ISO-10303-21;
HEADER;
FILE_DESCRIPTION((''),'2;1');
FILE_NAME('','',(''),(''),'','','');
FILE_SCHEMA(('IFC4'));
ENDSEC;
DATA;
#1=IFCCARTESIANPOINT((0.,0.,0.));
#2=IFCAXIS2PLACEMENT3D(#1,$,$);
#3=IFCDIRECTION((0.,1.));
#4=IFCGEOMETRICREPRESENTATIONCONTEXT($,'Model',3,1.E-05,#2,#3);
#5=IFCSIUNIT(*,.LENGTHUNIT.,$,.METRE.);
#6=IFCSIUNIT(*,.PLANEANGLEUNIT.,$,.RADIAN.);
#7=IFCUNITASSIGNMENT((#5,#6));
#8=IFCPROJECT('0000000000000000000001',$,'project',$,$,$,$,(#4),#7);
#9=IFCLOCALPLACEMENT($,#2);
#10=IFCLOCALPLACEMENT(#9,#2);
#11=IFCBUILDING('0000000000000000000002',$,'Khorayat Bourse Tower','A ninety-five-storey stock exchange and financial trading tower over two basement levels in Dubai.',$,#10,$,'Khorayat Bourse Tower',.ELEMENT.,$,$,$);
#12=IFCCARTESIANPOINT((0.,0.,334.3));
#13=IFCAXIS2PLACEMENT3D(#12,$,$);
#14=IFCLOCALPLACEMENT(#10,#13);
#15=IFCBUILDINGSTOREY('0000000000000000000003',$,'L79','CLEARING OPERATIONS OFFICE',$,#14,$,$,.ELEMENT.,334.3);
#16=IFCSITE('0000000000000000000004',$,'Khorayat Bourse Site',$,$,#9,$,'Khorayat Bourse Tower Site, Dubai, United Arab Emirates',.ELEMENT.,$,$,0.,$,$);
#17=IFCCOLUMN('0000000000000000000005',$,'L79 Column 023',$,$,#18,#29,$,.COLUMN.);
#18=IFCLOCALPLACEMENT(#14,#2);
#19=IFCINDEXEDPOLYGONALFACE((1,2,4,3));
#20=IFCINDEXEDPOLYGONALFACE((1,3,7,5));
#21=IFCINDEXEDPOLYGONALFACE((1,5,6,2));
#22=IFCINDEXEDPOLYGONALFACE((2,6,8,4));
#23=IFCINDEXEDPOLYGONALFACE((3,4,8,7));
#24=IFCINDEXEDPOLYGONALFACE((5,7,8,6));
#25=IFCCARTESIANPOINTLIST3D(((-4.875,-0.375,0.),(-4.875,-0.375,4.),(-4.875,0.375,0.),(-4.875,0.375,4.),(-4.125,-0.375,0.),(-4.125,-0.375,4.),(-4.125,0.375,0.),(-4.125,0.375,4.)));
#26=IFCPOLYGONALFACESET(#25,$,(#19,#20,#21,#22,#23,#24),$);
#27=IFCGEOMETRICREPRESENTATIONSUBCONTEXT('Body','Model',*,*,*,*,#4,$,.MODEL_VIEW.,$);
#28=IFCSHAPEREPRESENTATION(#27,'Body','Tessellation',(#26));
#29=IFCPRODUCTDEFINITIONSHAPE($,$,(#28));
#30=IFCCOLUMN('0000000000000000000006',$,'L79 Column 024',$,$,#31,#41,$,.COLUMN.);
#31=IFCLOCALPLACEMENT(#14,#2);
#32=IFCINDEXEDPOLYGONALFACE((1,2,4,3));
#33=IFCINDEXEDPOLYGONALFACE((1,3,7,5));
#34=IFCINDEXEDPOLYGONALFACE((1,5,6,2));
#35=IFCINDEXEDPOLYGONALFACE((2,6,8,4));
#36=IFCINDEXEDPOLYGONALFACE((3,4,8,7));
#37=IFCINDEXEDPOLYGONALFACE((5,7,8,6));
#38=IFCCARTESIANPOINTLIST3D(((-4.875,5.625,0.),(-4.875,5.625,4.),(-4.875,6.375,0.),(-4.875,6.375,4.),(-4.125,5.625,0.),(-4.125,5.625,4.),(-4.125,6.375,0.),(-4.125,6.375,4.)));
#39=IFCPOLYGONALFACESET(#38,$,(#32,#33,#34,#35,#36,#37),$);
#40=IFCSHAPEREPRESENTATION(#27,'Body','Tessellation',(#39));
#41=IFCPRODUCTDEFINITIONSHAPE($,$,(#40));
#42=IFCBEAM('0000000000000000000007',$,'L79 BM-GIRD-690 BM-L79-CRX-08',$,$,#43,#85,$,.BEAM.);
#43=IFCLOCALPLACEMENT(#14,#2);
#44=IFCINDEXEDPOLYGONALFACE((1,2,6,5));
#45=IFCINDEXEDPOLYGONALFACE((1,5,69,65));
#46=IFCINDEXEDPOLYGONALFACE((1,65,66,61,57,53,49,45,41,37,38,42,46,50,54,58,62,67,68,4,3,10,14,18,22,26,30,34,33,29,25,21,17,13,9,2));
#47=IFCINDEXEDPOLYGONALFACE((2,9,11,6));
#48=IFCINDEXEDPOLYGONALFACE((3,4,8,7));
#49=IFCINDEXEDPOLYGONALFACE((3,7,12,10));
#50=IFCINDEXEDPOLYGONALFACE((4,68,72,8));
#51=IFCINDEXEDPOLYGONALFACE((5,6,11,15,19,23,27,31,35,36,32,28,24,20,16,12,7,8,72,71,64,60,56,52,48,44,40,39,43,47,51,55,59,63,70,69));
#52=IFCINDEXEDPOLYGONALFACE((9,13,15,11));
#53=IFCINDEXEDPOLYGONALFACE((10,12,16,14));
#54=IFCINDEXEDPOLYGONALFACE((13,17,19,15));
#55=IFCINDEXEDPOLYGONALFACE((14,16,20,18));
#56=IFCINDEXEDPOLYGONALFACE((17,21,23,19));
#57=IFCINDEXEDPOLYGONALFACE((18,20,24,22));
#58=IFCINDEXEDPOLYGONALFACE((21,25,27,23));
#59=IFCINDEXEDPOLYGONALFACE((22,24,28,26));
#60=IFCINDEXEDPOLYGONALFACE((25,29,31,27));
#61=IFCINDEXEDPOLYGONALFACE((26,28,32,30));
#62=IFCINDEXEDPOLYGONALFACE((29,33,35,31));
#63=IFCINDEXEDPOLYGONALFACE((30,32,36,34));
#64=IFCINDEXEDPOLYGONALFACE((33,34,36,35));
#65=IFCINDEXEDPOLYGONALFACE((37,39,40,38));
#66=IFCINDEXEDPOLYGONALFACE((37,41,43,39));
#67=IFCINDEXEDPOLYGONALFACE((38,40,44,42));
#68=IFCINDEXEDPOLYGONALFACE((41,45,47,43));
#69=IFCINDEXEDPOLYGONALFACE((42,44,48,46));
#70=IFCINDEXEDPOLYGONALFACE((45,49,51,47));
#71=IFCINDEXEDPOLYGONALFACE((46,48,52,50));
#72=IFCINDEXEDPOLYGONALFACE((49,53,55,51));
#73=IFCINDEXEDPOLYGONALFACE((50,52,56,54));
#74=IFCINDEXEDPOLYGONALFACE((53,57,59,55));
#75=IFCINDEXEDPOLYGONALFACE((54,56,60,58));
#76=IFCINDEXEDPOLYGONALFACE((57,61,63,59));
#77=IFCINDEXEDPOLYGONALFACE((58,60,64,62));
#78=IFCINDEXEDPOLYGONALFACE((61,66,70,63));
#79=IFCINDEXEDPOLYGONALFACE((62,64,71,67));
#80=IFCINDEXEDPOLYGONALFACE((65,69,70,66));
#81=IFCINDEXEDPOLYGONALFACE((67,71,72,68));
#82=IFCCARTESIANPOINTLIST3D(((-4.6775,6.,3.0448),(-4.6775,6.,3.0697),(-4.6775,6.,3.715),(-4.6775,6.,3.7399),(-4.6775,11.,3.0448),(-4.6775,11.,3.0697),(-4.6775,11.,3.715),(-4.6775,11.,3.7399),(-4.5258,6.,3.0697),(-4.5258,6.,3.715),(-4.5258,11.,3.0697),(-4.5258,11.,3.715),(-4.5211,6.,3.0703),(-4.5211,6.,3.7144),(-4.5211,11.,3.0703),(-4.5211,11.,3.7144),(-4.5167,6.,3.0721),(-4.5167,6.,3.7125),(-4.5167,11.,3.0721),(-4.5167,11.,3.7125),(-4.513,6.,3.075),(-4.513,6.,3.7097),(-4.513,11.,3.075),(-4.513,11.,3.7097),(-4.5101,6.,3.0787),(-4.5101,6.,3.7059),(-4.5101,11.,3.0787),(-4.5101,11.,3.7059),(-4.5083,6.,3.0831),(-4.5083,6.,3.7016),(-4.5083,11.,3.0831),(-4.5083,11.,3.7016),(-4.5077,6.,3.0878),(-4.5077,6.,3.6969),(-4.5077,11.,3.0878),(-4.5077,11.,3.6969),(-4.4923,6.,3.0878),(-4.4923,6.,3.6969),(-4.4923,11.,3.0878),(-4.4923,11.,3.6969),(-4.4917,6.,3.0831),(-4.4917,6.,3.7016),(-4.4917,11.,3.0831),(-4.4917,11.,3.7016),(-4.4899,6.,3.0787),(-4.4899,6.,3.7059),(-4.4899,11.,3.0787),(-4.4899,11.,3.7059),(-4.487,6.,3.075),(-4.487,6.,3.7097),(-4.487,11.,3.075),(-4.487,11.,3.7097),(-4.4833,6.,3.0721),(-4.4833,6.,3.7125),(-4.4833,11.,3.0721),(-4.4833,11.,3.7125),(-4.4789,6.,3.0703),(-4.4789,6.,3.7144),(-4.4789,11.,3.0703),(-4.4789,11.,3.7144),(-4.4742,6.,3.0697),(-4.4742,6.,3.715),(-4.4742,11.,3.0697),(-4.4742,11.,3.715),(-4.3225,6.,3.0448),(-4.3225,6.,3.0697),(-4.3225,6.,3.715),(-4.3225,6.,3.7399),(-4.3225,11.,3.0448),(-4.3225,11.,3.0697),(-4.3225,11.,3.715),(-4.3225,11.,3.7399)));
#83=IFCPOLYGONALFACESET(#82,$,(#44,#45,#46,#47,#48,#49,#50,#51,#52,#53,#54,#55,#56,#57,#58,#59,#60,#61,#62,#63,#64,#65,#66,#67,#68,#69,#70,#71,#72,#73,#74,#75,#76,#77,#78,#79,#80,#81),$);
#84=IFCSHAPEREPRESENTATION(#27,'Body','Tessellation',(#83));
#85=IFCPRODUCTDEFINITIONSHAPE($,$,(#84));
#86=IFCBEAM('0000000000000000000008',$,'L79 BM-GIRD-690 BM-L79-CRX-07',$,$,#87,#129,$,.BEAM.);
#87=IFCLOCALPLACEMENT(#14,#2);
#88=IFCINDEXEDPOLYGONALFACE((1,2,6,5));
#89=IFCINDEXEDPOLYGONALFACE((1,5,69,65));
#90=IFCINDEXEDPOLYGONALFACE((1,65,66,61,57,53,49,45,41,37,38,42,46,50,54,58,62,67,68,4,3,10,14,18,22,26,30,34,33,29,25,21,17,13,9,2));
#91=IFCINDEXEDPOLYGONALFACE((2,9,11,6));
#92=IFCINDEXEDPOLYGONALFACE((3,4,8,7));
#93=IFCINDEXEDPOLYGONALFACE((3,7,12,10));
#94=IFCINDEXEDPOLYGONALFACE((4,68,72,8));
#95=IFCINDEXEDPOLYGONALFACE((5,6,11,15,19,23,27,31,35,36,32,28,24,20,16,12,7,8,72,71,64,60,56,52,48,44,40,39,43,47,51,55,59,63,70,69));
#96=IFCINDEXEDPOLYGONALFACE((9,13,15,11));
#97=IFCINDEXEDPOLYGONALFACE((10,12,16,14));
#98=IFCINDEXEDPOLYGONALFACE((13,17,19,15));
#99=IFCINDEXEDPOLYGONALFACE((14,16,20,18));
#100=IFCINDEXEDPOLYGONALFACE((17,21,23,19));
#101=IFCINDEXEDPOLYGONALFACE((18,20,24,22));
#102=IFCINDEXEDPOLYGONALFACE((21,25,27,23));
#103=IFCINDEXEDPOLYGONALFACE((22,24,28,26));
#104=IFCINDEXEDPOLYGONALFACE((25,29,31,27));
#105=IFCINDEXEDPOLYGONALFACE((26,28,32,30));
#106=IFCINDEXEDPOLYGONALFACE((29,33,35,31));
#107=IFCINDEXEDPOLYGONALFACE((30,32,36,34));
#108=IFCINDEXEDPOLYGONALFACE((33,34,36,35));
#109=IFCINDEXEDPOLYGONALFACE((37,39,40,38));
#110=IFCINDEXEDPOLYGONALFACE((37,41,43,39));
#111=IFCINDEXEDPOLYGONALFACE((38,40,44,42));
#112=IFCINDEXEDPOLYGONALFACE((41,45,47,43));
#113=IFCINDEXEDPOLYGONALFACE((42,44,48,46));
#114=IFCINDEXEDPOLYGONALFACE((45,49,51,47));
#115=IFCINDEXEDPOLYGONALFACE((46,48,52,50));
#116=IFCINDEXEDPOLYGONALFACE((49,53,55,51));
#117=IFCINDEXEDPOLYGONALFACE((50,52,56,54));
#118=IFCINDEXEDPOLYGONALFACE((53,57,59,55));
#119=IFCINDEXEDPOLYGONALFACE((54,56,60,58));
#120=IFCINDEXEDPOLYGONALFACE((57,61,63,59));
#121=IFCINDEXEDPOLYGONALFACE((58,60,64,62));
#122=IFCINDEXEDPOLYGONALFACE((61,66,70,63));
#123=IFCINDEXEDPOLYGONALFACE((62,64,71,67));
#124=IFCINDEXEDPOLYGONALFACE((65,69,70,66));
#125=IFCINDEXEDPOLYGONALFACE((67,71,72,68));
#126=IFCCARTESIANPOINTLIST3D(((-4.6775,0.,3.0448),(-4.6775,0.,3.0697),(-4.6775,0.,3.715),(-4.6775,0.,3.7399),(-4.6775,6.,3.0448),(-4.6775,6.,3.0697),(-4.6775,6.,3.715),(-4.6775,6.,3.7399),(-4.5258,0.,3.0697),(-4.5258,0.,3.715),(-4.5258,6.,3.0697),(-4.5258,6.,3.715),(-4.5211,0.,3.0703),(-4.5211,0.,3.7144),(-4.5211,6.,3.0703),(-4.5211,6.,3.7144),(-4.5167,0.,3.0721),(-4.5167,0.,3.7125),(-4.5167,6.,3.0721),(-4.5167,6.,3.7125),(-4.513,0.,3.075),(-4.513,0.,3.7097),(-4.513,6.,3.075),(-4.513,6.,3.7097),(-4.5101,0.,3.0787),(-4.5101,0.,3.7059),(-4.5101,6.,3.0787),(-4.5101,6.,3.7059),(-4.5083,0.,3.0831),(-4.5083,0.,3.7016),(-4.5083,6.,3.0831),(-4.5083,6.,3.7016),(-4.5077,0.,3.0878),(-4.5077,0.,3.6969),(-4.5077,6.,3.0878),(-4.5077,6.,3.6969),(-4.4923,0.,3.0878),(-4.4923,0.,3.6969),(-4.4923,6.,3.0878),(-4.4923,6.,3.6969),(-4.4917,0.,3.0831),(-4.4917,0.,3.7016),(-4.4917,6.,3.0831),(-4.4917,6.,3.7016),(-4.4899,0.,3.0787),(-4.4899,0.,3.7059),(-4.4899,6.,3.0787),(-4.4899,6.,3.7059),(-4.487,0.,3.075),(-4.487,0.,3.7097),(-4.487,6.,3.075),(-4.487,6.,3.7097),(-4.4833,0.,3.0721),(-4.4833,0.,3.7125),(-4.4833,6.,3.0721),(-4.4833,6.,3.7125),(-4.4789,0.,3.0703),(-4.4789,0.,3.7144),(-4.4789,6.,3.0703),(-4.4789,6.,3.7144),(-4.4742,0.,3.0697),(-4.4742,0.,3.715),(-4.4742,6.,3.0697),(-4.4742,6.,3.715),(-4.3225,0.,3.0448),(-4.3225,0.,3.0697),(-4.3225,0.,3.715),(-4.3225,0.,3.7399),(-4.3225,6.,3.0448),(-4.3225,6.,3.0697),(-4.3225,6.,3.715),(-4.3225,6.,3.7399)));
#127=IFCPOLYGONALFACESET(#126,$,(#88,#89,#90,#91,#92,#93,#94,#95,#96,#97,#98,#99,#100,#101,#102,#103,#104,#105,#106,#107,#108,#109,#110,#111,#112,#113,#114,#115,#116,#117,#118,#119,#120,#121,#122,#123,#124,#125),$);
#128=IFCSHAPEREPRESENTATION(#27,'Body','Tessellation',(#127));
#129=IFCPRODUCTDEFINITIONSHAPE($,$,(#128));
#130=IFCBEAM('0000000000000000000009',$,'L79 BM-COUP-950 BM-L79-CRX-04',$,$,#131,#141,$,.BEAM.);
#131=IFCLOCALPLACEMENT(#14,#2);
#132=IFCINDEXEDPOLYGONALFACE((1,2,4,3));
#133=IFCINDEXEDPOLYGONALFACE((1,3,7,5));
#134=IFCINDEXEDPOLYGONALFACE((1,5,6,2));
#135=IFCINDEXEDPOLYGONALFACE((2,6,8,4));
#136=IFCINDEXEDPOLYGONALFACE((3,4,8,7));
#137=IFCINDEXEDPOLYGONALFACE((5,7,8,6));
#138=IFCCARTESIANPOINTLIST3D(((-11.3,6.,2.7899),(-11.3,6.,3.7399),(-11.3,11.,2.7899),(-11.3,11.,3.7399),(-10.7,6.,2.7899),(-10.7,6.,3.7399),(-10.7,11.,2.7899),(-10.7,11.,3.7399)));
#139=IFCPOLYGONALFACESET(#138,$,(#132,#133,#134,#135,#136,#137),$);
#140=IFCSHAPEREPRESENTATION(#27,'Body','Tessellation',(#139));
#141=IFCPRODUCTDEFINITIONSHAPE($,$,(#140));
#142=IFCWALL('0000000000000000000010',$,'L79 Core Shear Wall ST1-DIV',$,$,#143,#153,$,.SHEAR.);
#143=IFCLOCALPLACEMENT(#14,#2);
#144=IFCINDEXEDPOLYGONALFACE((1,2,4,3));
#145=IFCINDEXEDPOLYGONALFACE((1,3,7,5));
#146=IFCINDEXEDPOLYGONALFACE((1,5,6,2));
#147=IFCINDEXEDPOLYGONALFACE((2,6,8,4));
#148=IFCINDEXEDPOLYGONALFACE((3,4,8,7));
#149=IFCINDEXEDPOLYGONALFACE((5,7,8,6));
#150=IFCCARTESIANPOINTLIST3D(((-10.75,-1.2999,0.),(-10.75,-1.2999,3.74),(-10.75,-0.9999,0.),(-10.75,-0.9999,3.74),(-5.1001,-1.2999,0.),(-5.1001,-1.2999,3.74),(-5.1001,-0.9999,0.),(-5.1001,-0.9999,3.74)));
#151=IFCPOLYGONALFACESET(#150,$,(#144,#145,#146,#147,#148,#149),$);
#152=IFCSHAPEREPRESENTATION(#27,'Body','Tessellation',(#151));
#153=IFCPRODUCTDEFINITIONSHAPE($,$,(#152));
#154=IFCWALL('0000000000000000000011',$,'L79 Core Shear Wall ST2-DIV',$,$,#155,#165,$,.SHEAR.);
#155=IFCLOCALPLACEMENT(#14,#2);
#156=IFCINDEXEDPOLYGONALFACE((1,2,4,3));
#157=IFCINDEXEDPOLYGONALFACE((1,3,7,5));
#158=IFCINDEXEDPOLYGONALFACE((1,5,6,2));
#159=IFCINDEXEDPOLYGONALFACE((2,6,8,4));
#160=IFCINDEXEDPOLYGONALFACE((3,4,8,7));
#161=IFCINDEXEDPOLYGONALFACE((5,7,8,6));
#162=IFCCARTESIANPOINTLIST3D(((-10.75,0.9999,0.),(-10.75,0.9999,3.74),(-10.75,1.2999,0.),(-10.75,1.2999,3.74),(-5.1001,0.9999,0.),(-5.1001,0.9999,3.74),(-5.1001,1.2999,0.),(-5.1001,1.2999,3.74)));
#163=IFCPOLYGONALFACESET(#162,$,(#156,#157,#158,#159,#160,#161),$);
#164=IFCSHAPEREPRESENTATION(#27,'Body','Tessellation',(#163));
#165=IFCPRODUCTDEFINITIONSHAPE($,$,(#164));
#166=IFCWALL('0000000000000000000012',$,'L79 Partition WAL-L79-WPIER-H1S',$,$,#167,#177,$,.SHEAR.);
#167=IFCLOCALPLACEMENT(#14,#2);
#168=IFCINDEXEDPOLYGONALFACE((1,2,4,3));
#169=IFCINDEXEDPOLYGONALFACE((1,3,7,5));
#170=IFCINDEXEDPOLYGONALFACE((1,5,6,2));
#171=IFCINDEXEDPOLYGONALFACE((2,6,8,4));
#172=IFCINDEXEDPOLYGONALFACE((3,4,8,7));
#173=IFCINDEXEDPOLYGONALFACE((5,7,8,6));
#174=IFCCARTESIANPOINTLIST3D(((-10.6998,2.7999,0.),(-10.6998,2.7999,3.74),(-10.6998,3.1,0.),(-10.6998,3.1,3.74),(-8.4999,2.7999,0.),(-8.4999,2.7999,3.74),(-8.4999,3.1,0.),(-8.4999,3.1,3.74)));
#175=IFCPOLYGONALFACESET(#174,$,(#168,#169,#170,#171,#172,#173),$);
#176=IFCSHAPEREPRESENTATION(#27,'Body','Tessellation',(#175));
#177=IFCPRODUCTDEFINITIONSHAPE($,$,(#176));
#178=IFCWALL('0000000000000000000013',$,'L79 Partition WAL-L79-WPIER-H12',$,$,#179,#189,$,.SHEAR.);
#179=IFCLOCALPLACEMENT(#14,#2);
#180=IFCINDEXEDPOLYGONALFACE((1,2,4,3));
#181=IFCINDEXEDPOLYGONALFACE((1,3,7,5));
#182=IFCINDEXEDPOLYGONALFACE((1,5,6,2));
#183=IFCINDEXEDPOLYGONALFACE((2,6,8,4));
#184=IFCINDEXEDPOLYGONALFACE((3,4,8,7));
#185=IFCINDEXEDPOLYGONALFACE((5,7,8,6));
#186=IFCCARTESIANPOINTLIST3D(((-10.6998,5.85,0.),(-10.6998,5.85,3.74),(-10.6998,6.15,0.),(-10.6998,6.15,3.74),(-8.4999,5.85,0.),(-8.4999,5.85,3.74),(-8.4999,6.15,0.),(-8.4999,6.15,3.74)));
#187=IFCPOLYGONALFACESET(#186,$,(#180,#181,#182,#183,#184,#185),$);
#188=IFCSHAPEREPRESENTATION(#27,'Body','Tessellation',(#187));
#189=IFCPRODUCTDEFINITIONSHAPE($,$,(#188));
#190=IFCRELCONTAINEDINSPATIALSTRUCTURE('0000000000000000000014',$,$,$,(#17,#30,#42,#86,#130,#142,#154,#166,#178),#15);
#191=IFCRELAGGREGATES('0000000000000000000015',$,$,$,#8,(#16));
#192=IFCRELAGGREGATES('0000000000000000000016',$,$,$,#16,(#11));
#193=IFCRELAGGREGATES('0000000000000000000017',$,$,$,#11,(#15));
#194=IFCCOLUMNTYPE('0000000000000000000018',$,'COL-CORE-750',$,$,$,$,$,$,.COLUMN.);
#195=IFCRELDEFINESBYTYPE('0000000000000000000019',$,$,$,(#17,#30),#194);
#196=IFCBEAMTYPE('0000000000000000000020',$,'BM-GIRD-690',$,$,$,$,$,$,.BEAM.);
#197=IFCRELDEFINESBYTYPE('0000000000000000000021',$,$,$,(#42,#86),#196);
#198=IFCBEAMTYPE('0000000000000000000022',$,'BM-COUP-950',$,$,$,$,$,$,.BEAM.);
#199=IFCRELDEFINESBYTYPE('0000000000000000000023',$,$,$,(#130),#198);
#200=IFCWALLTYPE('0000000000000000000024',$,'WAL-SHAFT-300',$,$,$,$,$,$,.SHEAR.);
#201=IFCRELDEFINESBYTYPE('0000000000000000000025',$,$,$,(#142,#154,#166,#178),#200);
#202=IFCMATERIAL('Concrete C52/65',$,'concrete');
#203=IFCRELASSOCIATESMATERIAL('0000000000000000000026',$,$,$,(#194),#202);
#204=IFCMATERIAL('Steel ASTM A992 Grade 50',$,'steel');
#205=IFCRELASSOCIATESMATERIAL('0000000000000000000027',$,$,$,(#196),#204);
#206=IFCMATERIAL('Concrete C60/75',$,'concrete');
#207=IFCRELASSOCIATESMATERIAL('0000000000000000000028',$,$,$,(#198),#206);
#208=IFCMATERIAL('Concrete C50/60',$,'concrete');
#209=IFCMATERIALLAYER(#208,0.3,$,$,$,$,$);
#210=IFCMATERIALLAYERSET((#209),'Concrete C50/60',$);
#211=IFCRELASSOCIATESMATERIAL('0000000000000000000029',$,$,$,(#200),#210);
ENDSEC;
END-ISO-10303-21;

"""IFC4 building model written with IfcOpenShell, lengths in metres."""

from ifc_helpers import new_model, si_unit, direction, frame, frame_2d, origin, origin_2d, place, context, subcontext, project, spatial, rectangle, i_section, extrude, source, transform, mapped, material, layer, layer_set, material_profile, profile_set, type_object, element, save


model = new_model("IFC4")

# Units and contexts
model_context = context("Model", 3, precision=1e-05, world=origin(), true_north=direction((0.0, 1.0)))
body_context = subcontext(model_context, "Body", "Model", "MODEL_VIEW")
ifc_project = project(units=[si_unit("LENGTHUNIT", "METRE"), si_unit("PLANEANGLEUNIT", "RADIAN")], contexts=[model_context])

# Site, building, storey
site_placement = place(None, origin())
site = spatial("IfcSite", under=ifc_project, at=site_placement, Name="Khorayat Bourse Site", LongName="Khorayat Bourse Tower Site, Dubai, United Arab Emirates", CompositionType="ELEMENT", RefElevation=0.0)
building_placement = place(site_placement, origin())
building = spatial("IfcBuilding", under=site, at=building_placement, Name="Khorayat Bourse Tower", Description="A ninety-five-storey stock exchange and financial trading tower over two basement levels in Dubai.", LongName="Khorayat Bourse Tower", CompositionType="ELEMENT")
storey_placement = place(building_placement, frame((0.0, 0.0, 334.3)))
storey = spatial("IfcBuildingStorey", under=building, at=storey_placement, Name="L79", Description="CLEARING OPERATIONS OFFICE", CompositionType="ELEMENT", Elevation=334.3)

# Columns
ifc_material_1 = material(Name="Concrete C52/65", Category="concrete")
ifc_material_profile_1 = material_profile(ifc_material_1, rectangle(XDim=0.75, YDim=0.75, at=origin_2d()), Name="RC 750x750")
ifc_profile_set_1 = profile_set([ifc_material_profile_1], Name="Concrete C52/65")
column_type = type_object("IfcColumnType", Name="COL-CORE-750", PredefinedType="COLUMN", material=ifc_profile_set_1)
shared_shape_1 = source(origin(), body_context, "Body", "SweptSolid", [
    extrude(rectangle(XDim=0.75, YDim=0.75, at=origin_2d()), origin(), (0.0, 0.0, 1.0), 4.0),
])
for number, where, z_axis, x_axis, name in (
    (1, (-4.5, 0.0, 0.0), (0.0, 0.0, 1.0), (1.0, 0.0, 0.0), "L79 Column 023"),
    (2, (-4.5, 6.0, 0.0), (0.0, 0.0, 1.0), (1.0, 0.0, 0.0), "L79 Column 024"),
):
    element("IfcColumn", number, at=place(storey_placement, frame(where, z_axis=z_axis, x_axis=x_axis)), inside=storey, type_object=column_type, Name=name, PredefinedType="COLUMN", context=body_context, shape_type="MappedRepresentation", body=[
        mapped(shared_shape_1, transform((0.0, 0.0, 0.0), scale=1.0)),
    ])

# Beams
ifc_material_2 = material(Name="Steel ASTM A992 Grade 50", Category="steel")
ifc_material_profile_2 = material_profile(ifc_material_2, i_section(OverallWidth=0.355, OverallDepth=0.6951, WebThickness=0.0154, FlangeThickness=0.0249, FilletRadius=0.0181, at=origin_2d()), Name="W690X217")
ifc_profile_set_2 = profile_set([ifc_material_profile_2], Name="Steel ASTM A992 Grade 50")
beam_type_1 = type_object("IfcBeamType", Name="BM-GIRD-690", PredefinedType="BEAM", material=ifc_profile_set_2)
shared_shape_2 = source(origin(), body_context, "Body", "SweptSolid", [
    extrude(i_section(OverallWidth=0.355, OverallDepth=0.6951, WebThickness=0.0154, FlangeThickness=0.0249, FilletRadius=0.0181, at=origin_2d()), origin(), (0.0, 0.0, 1.0), 5.0),
])
beam_1_placement = place(storey_placement, frame((-4.5, 6.0, 3.3923), z_axis=(0.0, 1.0, 0.0), x_axis=(-1.0, 0.0, 0.0)))
element("IfcBeam", 3, at=beam_1_placement, inside=storey, type_object=beam_type_1, Name="L79 BM-GIRD-690 BM-L79-CRX-08", PredefinedType="BEAM", context=body_context, shape_type="MappedRepresentation", body=[
    mapped(shared_shape_2, transform((0.0, 0.0, 0.0), scale=1.0)),
])
shared_shape_3 = source(origin(), body_context, "Body", "SweptSolid", [
    extrude(i_section(OverallWidth=0.355, OverallDepth=0.6951, WebThickness=0.0154, FlangeThickness=0.0249, FilletRadius=0.0181, at=origin_2d()), origin(), (0.0, 0.0, 1.0), 6.0),
])
beam_2_placement = place(storey_placement, frame((-4.5, 0.0, 3.3923), z_axis=(0.0, 1.0, 0.0), x_axis=(-1.0, 0.0, 0.0)))
element("IfcBeam", 4, at=beam_2_placement, inside=storey, type_object=beam_type_1, Name="L79 BM-GIRD-690 BM-L79-CRX-07", PredefinedType="BEAM", context=body_context, shape_type="MappedRepresentation", body=[
    mapped(shared_shape_3, transform((0.0, 0.0, 0.0), scale=1.0)),
])
ifc_material_3 = material(Name="Concrete C60/75", Category="concrete")
ifc_material_profile_3 = material_profile(ifc_material_3, rectangle(XDim=0.6001, YDim=0.95, at=origin_2d()), Name="RC 600x950")
ifc_profile_set_3 = profile_set([ifc_material_profile_3], Name="Concrete C60/75")
beam_type_2 = type_object("IfcBeamType", Name="BM-COUP-950", PredefinedType="BEAM", material=ifc_profile_set_3)
shared_shape_4 = source(origin(), body_context, "Body", "SweptSolid", [
    extrude(rectangle(XDim=0.6001, YDim=0.95, at=origin_2d()), origin(), (0.0, 0.0, 1.0), 5.0),
])
beam_3_placement = place(storey_placement, frame((-11.0, 6.0, 3.2649), z_axis=(0.0, 1.0, 0.0), x_axis=(-1.0, 0.0, 0.0)))
element("IfcBeam", 5, at=beam_3_placement, inside=storey, type_object=beam_type_2, Name="L79 BM-COUP-950 BM-L79-CRX-04", PredefinedType="BEAM", context=body_context, shape_type="MappedRepresentation", body=[
    mapped(shared_shape_4, transform((0.0, 0.0, 0.0), scale=1.0)),
])

# Walls
ifc_material_4 = material(Name="Concrete C50/60", Category="concrete")
ifc_layer_1 = layer(ifc_material_4, 0.3)
ifc_layer_set_1 = layer_set([ifc_layer_1], Name="Concrete C50/60")
wall_type_1 = type_object("IfcWallType", Name="WAL-SHAFT-300", PredefinedType="SHEAR", material=ifc_layer_set_1)
shared_shape_5 = source(origin(), body_context, "Body", "SweptSolid", [
    extrude(rectangle(XDim=5.6499, YDim=0.3, at=frame_2d((2.825, 0.0))), origin(), (0.0, 0.0, 1.0), 3.74),
])
for number, where, z_axis, x_axis, name in (
    (6, (-10.75, -1.1499, 0.0), (0.0, 0.0, 1.0), (1.0, 0.0, 0.0), "L79 Core Shear Wall ST1-DIV"),
    (7, (-10.75, 1.1499, 0.0), (0.0, 0.0, 1.0), (1.0, 0.0, 0.0), "L79 Core Shear Wall ST2-DIV"),
):
    element("IfcWall", number, at=place(storey_placement, frame(where, z_axis=z_axis, x_axis=x_axis)), inside=storey, type_object=wall_type_1, Name=name, PredefinedType="SHEAR", context=body_context, shape_type="MappedRepresentation", body=[
        mapped(shared_shape_5, transform((0.0, 0.0, 0.0), scale=1.0)),
    ])
shared_shape_6 = source(origin(), body_context, "Body", "SweptSolid", [
    extrude(rectangle(XDim=2.2, YDim=0.3, at=frame_2d((1.1001, 0.0))), origin(), (0.0, 0.0, 1.0), 3.74),
])
for number, where, z_axis, x_axis, name in (
    (8, (-10.7, 2.95, 0.0), (0.0, 0.0, 1.0), (1.0, 0.0, 0.0), "L79 Partition WAL-L79-WPIER-H1S"),
    (9, (-10.7, 6.0, 0.0), (0.0, 0.0, 1.0), (1.0, 0.0, 0.0), "L79 Partition WAL-L79-WPIER-H12"),
):
    element("IfcWall", number, at=place(storey_placement, frame(where, z_axis=z_axis, x_axis=x_axis)), inside=storey, type_object=wall_type_1, Name=name, PredefinedType="SHEAR", context=body_context, shape_type="MappedRepresentation", body=[
        mapped(shared_shape_6, transform((0.0, 0.0, 0.0), scale=1.0)),
    ])

save(model, "model.ifc")
